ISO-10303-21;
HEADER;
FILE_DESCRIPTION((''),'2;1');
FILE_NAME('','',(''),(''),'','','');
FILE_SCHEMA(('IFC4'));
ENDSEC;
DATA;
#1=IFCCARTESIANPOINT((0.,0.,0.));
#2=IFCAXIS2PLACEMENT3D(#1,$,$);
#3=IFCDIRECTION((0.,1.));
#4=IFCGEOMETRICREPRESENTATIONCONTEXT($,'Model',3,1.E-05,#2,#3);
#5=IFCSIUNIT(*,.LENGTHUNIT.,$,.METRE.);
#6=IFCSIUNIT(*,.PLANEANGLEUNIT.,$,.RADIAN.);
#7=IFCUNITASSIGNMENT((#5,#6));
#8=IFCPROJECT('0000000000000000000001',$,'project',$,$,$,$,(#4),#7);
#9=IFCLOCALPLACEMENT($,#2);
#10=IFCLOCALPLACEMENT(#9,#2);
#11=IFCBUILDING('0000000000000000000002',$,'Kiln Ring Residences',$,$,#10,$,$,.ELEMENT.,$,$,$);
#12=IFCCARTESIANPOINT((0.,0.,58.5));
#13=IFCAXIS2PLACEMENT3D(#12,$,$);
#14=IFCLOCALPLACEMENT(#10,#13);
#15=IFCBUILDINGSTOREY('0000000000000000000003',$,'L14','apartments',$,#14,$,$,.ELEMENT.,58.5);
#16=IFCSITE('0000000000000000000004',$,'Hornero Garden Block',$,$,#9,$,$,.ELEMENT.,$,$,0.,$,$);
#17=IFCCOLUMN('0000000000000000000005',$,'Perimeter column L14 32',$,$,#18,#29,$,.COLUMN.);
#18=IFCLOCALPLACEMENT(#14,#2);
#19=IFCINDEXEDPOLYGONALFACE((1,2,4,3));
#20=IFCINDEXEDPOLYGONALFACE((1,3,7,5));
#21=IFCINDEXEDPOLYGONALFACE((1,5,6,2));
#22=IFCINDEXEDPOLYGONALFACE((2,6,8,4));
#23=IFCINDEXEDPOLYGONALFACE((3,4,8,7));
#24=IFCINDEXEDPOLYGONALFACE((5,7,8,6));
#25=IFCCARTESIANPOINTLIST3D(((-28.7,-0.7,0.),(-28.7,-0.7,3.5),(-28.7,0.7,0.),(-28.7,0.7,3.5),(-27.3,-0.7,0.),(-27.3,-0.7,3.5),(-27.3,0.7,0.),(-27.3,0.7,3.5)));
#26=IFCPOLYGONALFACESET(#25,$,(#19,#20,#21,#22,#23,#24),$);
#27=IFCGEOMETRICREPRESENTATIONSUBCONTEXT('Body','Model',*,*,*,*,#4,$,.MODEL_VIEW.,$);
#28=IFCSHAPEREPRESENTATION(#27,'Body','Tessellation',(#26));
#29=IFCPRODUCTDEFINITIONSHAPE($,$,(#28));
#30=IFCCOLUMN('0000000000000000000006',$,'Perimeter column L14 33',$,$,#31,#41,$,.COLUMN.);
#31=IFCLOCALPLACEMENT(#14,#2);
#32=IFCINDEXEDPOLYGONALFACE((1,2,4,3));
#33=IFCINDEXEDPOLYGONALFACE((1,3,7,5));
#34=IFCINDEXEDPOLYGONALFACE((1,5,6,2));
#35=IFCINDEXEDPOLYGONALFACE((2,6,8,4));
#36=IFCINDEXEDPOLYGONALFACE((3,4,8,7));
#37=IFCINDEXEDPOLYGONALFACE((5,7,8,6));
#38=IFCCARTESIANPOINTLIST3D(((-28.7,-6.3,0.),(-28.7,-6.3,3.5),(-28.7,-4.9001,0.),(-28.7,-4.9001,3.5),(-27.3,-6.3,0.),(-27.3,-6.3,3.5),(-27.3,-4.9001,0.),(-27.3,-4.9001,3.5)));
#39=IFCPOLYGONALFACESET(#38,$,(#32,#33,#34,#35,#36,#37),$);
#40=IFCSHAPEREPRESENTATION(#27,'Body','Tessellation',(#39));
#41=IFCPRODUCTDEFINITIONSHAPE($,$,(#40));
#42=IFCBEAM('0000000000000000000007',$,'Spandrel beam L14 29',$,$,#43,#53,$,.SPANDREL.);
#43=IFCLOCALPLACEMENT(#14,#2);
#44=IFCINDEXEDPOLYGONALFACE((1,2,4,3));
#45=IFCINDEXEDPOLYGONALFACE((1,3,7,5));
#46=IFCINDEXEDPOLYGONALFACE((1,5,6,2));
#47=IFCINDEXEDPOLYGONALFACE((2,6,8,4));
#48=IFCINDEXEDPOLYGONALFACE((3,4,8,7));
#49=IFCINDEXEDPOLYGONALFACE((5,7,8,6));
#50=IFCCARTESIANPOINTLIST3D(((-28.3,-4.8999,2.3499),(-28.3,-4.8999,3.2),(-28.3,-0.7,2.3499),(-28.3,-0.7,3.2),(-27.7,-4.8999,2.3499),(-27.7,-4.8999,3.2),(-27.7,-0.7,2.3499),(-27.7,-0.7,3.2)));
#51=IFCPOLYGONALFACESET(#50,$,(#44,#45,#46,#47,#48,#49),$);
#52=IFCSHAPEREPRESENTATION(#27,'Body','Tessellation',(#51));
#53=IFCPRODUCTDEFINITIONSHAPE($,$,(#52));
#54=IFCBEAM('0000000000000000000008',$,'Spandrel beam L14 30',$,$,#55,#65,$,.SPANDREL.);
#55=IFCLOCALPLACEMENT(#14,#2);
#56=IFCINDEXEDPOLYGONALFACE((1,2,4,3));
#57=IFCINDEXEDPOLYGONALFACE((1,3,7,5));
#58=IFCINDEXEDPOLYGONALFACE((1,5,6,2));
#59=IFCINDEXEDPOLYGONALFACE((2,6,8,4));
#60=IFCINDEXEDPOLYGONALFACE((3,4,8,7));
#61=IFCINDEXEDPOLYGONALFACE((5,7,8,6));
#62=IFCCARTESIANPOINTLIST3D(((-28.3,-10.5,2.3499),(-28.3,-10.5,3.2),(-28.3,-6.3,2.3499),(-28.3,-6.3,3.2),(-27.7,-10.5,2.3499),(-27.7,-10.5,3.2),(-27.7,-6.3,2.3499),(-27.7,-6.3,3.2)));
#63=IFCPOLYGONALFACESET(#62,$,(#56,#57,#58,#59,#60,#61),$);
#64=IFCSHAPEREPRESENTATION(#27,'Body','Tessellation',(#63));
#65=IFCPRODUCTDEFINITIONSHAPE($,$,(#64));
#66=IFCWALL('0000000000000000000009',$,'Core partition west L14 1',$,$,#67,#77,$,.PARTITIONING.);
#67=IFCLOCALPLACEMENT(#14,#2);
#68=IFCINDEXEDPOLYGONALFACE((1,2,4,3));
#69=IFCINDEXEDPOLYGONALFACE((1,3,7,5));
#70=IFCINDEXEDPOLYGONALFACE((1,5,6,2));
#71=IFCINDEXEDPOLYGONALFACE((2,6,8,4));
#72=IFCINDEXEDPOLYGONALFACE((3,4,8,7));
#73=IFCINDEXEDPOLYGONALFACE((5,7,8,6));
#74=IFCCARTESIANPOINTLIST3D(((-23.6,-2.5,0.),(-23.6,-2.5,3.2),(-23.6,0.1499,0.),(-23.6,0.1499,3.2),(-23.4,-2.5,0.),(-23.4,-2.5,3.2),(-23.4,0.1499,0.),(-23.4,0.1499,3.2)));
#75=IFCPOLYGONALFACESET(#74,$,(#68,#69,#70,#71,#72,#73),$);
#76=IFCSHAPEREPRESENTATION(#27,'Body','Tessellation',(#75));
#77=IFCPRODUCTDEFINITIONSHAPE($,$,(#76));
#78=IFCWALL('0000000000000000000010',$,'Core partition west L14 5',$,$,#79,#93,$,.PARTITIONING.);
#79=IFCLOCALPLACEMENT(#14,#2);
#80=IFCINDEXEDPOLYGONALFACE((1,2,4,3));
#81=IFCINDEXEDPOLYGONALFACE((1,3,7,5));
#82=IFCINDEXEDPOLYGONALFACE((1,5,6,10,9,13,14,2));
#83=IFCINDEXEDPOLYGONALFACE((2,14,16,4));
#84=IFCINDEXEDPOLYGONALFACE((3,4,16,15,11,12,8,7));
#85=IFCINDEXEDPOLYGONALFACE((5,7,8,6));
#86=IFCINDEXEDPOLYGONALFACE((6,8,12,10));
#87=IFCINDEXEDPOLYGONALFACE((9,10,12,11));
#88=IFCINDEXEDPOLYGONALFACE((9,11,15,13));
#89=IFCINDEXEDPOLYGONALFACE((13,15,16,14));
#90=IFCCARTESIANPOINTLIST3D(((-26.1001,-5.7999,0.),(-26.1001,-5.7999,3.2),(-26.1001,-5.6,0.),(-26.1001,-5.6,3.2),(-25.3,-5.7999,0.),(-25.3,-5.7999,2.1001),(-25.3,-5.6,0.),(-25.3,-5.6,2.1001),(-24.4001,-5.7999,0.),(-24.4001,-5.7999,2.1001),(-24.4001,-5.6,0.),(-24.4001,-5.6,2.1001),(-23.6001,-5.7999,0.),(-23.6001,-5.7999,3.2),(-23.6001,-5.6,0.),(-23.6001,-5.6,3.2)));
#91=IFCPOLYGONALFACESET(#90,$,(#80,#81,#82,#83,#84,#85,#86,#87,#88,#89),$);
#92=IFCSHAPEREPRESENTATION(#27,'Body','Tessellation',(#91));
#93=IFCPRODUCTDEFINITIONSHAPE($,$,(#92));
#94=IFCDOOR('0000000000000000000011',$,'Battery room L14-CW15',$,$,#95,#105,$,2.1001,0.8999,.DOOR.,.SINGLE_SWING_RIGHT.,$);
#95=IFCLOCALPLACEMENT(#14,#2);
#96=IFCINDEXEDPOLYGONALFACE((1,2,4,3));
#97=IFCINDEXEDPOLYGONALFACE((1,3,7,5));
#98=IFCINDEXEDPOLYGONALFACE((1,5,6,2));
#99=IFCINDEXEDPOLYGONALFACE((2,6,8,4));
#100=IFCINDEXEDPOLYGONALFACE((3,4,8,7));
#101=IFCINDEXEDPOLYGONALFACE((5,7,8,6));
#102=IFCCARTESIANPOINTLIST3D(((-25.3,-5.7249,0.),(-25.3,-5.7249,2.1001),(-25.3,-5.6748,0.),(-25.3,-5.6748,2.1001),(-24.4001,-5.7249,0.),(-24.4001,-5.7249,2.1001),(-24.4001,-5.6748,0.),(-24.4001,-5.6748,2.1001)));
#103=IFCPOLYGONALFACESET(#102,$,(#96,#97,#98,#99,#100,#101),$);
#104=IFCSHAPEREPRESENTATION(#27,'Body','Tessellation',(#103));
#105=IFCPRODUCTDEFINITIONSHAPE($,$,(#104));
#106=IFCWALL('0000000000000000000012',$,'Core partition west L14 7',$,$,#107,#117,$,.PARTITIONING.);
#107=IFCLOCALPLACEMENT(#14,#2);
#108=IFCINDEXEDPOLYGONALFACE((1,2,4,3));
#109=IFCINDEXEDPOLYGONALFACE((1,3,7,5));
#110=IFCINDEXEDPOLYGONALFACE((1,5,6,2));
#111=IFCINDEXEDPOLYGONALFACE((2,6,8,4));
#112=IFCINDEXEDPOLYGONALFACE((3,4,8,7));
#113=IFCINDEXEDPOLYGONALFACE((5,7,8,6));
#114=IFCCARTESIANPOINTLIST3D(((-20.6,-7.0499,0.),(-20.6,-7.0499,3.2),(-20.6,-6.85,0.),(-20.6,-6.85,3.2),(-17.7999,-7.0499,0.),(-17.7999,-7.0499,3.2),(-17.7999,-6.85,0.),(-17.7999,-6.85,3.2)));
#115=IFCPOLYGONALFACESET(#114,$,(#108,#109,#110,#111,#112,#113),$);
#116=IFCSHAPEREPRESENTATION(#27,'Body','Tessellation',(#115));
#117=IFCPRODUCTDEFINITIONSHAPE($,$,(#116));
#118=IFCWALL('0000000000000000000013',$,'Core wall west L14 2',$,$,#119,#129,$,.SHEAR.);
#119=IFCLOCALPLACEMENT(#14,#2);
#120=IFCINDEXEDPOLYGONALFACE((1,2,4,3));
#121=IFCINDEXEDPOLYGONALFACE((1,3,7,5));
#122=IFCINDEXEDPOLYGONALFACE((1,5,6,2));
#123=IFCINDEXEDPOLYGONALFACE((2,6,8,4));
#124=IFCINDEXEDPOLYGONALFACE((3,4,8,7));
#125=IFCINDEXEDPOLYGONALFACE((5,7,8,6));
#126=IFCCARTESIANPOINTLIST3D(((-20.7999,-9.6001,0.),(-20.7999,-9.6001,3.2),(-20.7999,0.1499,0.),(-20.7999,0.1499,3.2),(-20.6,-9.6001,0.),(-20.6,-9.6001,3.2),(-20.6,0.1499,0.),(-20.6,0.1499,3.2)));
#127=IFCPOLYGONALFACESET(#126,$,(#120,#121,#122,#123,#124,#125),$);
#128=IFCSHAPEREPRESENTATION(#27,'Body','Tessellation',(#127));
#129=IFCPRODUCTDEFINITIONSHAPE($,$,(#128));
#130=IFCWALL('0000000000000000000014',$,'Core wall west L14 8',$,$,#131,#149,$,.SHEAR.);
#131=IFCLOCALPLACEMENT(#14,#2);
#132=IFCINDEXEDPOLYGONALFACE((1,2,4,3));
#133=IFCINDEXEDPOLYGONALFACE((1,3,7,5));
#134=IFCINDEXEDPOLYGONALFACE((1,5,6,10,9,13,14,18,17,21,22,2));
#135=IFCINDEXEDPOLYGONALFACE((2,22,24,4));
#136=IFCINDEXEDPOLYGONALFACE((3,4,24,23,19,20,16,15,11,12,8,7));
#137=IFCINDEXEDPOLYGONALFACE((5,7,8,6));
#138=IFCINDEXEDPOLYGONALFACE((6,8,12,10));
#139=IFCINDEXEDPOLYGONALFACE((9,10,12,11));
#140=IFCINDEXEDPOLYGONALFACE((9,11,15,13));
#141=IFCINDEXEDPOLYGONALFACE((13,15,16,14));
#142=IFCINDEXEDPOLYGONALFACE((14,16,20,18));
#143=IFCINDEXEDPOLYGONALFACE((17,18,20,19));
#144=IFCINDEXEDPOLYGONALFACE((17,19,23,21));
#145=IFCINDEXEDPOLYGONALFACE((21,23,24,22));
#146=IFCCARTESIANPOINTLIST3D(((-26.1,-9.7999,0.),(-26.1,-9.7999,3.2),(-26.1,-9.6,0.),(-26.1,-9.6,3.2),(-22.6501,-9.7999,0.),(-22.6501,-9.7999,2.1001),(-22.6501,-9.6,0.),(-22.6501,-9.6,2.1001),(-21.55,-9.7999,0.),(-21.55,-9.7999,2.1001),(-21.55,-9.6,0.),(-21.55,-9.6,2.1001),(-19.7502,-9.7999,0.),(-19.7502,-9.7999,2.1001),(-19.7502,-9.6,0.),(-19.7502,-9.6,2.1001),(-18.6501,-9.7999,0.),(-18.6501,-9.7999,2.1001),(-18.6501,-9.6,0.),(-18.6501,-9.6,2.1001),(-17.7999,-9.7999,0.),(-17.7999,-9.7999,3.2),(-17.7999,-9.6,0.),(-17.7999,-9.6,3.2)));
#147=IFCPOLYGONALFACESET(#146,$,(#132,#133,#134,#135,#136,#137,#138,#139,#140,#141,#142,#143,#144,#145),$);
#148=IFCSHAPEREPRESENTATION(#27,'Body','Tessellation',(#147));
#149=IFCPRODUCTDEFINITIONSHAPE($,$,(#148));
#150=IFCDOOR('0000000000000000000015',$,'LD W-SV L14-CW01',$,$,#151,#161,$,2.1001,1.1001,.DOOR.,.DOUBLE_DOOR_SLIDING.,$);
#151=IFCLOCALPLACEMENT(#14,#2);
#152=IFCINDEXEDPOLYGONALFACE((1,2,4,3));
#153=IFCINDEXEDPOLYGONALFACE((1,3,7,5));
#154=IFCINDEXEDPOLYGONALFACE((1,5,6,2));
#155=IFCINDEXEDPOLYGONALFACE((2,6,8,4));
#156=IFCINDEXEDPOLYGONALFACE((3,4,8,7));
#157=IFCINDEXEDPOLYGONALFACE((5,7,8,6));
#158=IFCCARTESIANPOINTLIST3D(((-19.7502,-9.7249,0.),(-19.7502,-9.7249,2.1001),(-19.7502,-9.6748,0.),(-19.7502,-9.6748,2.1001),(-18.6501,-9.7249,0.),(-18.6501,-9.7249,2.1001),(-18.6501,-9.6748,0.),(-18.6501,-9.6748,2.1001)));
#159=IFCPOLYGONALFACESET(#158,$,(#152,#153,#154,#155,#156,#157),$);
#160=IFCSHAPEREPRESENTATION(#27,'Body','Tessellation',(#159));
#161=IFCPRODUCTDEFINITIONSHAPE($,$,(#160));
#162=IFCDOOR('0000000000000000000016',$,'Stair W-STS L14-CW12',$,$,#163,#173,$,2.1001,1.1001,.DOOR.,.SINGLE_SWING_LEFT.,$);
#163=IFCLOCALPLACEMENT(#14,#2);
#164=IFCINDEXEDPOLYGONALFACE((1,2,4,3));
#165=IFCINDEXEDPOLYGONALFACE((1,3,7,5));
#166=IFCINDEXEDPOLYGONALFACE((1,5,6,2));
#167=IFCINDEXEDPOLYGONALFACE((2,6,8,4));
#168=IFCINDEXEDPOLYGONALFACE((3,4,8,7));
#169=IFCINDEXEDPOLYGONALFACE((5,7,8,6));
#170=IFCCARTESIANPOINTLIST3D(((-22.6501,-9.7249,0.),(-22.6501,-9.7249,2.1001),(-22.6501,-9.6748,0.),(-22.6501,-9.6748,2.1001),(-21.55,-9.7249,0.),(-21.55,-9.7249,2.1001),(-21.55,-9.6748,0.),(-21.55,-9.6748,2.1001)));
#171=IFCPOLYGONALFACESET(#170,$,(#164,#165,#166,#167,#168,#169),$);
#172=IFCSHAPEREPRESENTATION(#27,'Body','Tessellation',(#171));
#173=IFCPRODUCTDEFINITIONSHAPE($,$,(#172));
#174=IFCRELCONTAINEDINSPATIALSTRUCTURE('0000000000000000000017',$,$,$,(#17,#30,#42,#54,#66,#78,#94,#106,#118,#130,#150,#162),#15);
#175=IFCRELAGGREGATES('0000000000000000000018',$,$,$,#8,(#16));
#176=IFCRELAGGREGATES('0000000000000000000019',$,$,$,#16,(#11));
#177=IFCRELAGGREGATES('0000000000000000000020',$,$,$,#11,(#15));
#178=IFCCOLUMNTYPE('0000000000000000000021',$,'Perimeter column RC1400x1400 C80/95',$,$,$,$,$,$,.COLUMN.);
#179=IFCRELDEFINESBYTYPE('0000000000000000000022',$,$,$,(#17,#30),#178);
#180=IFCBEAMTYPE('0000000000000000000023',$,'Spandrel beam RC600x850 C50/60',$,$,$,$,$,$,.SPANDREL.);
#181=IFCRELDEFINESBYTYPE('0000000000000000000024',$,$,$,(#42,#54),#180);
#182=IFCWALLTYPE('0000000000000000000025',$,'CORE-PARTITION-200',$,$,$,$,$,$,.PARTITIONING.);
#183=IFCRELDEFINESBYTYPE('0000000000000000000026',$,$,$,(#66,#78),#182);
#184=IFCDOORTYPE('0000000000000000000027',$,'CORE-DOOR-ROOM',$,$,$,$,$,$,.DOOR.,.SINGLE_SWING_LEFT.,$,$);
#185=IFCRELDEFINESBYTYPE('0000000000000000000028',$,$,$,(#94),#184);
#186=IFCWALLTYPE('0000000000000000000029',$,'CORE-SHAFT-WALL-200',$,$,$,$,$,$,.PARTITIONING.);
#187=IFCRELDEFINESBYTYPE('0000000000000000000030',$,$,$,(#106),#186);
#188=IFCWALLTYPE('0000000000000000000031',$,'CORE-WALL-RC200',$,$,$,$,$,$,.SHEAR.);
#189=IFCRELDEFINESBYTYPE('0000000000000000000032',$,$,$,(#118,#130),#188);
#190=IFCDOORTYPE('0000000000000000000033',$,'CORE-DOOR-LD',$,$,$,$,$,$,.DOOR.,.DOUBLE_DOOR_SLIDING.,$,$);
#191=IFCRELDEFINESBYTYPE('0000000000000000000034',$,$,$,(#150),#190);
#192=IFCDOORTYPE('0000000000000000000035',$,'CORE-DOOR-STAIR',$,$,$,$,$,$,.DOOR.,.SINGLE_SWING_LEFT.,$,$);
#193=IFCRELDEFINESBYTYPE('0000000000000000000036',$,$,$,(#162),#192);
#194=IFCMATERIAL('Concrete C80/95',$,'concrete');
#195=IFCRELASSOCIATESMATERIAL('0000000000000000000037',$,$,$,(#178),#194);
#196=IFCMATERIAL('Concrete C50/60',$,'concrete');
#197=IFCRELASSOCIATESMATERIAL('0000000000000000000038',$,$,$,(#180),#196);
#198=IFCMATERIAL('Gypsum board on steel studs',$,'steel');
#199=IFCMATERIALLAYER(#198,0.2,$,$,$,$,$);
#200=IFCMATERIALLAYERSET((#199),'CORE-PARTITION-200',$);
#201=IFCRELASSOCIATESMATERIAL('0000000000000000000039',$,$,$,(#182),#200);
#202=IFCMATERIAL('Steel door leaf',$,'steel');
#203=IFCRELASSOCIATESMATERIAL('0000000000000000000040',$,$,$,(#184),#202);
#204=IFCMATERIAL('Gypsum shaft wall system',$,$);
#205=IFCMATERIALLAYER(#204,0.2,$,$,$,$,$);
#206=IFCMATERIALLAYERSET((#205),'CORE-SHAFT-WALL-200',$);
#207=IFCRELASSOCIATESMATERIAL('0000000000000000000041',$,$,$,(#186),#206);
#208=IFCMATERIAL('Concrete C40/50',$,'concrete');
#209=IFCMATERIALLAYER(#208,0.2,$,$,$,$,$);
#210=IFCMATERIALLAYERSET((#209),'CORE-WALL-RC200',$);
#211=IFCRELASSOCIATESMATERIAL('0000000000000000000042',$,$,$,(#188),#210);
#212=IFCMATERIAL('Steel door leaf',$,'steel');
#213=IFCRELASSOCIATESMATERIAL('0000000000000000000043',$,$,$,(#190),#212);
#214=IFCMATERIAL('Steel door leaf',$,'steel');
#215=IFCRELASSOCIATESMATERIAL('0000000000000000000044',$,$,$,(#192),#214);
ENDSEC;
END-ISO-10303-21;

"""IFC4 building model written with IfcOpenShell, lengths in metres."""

from ifc_helpers import new_model, si_unit, direction, frame, frame_2d, origin, origin_2d, place, context, subcontext, project, spatial, rectangle, extrude, material, layer, layer_set, material_profile, profile_set, type_object, element, fill, save


model = new_model("IFC4")

# Units and contexts
model_context = context("Model", 3, precision=1e-05, world=origin(), true_north=direction((0.0, 1.0)))
body_context = subcontext(model_context, "Body", "Model", "MODEL_VIEW")
ifc_project = project(units=[si_unit("LENGTHUNIT", "METRE"), si_unit("PLANEANGLEUNIT", "RADIAN")], contexts=[model_context])

# Site, building, storey
site_placement = place(None, origin())
site = spatial("IfcSite", under=ifc_project, at=site_placement, Name="Hornero Garden Block", CompositionType="ELEMENT", RefElevation=0.0)
building_placement = place(site_placement, origin())
building = spatial("IfcBuilding", under=site, at=building_placement, Name="Kiln Ring Residences", CompositionType="ELEMENT")
storey_placement = place(building_placement, frame((0.0, 0.0, 58.5)))
storey = spatial("IfcBuildingStorey", under=building, at=storey_placement, Name="L14", Description="apartments", CompositionType="ELEMENT", Elevation=58.5)

# Columns
ifc_material_1 = material(Name="Concrete C80/95", Category="concrete")
ifc_material_profile_1 = material_profile(ifc_material_1, rectangle(XDim=1.3999, YDim=1.3999, at=origin_2d()), Name="RC1400x1400")
ifc_profile_set_1 = profile_set([ifc_material_profile_1], Name="Concrete C80/95")
column_type = type_object("IfcColumnType", Name="Perimeter column RC1400x1400 C80/95", PredefinedType="COLUMN", material=ifc_profile_set_1)
for number, where, z_axis, x_axis, name in (
    (1, (-28.0, 0.0, 0.0), (0.0, 0.0, 1.0), (1.0, 0.0, 0.0), "Perimeter column L14 32"),
    (2, (-28.0, -5.6001, 0.0), (0.0, 0.0, 1.0), (1.0, 0.0, 0.0), "Perimeter column L14 33"),
):
    element("IfcColumn", number, at=place(storey_placement, frame(where, z_axis=z_axis, x_axis=x_axis)), inside=storey, type_object=column_type, Name=name, PredefinedType="COLUMN", context=body_context, shape_type="SweptSolid", body=[
        extrude(rectangle(XDim=1.3999, YDim=1.3999, at=origin_2d()), origin(), (0.0, 0.0, 1.0), 3.5),
    ])

# Beams
ifc_material_2 = material(Name="Concrete C50/60", Category="concrete")
ifc_material_profile_2 = material_profile(ifc_material_2, rectangle(XDim=0.6001, YDim=0.8501, at=origin_2d()), Name="RC600x850")
ifc_profile_set_2 = profile_set([ifc_material_profile_2], Name="Concrete C50/60")
beam_type = type_object("IfcBeamType", Name="Spandrel beam RC600x850 C50/60", PredefinedType="SPANDREL", material=ifc_profile_set_2)
for number, where, z_axis, x_axis, name in (
    (3, (-28.0, -0.7, 2.7749), (0.0, -1.0, 0.0), (1.0, 0.0, 0.0), "Spandrel beam L14 29"),
    (4, (-28.0, -6.3, 2.7749), (0.0, -1.0, 0.0), (1.0, 0.0, 0.0), "Spandrel beam L14 30"),
):
    element("IfcBeam", number, at=place(storey_placement, frame(where, z_axis=z_axis, x_axis=x_axis)), inside=storey, type_object=beam_type, Name=name, PredefinedType="SPANDREL", context=body_context, shape_type="SweptSolid", body=[
        extrude(rectangle(XDim=0.6001, YDim=0.8501, at=origin_2d()), origin(), (0.0, 0.0, 1.0), 4.2),
    ])

# Wall
ifc_material_3 = material(Name="Gypsum board on steel studs", Category="steel")
ifc_layer_1 = layer(ifc_material_3, 0.2)
ifc_layer_set_1 = layer_set([ifc_layer_1], Name="CORE-PARTITION-200")
wall_type_1 = type_object("IfcWallType", Name="CORE-PARTITION-200", PredefinedType="PARTITIONING", material=ifc_layer_set_1)
wall_1_placement = place(storey_placement, frame((-23.5, -2.5, 0.0), z_axis=(0.0, 0.0, 1.0), x_axis=(0.0, 1.0, 0.0)))
element("IfcWall", 5, at=wall_1_placement, inside=storey, type_object=wall_type_1, Name="Core partition west L14 1", PredefinedType="PARTITIONING", context=body_context, shape_type="SweptSolid", body=[
    extrude(rectangle(XDim=2.6499, YDim=0.2, at=frame_2d((1.325, 0.0))), origin(), (0.0, 0.0, 1.0), 3.2),
])

# Wall, opening, door
wall_2_placement = place(storey_placement, frame((-23.6001, -5.7, 0.0), z_axis=(0.0, 0.0, 1.0), x_axis=(-1.0, 0.0, 0.0)))
wall_2 = element("IfcWall", 6, at=wall_2_placement, inside=storey, type_object=wall_type_1, Name="Core partition west L14 5", PredefinedType="PARTITIONING", context=body_context, shape_type="SweptSolid", body=[
    extrude(rectangle(XDim=2.5, YDim=0.2, at=frame_2d((1.25, 0.0))), origin(), (0.0, 0.0, 1.0), 3.2),
])
opening_1_placement = place(wall_2_placement, frame((0.8, 0.0, 0.0)))
opening_1 = element("IfcOpeningElement", 7, at=opening_1_placement, cuts=wall_2, PredefinedType="OPENING", context=body_context, shape_type="SweptSolid", body=[
    extrude(rectangle(XDim=0.8999, YDim=2.1001, at=frame_2d((0.45, 1.05))), frame((0.0, 0.1099, 0.0), z_axis=(0.0, -1.0, 0.0), x_axis=(1.0, 0.0, 0.0)), (0.0, 0.0, 1.0), 0.22),
])
ifc_material_4 = material(Name="Steel door leaf", Category="steel")
door_type_1 = type_object("IfcDoorType", Name="CORE-DOOR-ROOM", OperationType="SINGLE_SWING_LEFT", PredefinedType="DOOR", material=ifc_material_4)
door_1_placement = place(opening_1_placement, origin())
door_1 = element("IfcDoor", 8, at=door_1_placement, inside=storey, type_object=door_type_1, Name="Battery room L14-CW15", OperationType="SINGLE_SWING_RIGHT", OverallHeight=2.1001, OverallWidth=0.8999, PredefinedType="DOOR", context=body_context, shape_type="SweptSolid", body=[
    extrude(rectangle(XDim=0.8999, YDim=2.1001, at=frame_2d((0.45, 1.05))), frame((0.0, 0.0249, 0.0), z_axis=(0.0, -1.0, 0.0), x_axis=(1.0, 0.0, 0.0)), (0.0, 0.0, 1.0), 0.05),
])
fill(opening_1, door_1)

# Walls
ifc_material_5 = material(Name="Gypsum shaft wall system")
ifc_layer_2 = layer(ifc_material_5, 0.2)
ifc_layer_set_2 = layer_set([ifc_layer_2], Name="CORE-SHAFT-WALL-200")
wall_type_2 = type_object("IfcWallType", Name="CORE-SHAFT-WALL-200", PredefinedType="PARTITIONING", material=ifc_layer_set_2)
wall_3_placement = place(storey_placement, frame((-17.8, -6.95, 0.0), z_axis=(0.0, 0.0, 1.0), x_axis=(-1.0, 0.0, 0.0)))
element("IfcWall", 9, at=wall_3_placement, inside=storey, type_object=wall_type_2, Name="Core partition west L14 7", PredefinedType="PARTITIONING", context=body_context, shape_type="SweptSolid", body=[
    extrude(rectangle(XDim=2.8, YDim=0.2, at=frame_2d((1.3999, 0.0))), origin(), (0.0, 0.0, 1.0), 3.2),
])
ifc_material_6 = material(Name="Concrete C40/50", Category="concrete")
ifc_layer_3 = layer(ifc_material_6, 0.2)
ifc_layer_set_3 = layer_set([ifc_layer_3], Name="CORE-WALL-RC200")
wall_type_3 = type_object("IfcWallType", Name="CORE-WALL-RC200", PredefinedType="SHEAR", material=ifc_layer_set_3)
wall_4_placement = place(storey_placement, frame((-20.7, -9.6001, 0.0), z_axis=(0.0, 0.0, 1.0), x_axis=(0.0, 1.0, 0.0)))
element("IfcWall", 10, at=wall_4_placement, inside=storey, type_object=wall_type_3, Name="Core wall west L14 2", PredefinedType="SHEAR", context=body_context, shape_type="SweptSolid", body=[
    extrude(rectangle(XDim=9.75, YDim=0.2, at=frame_2d((4.875, 0.0))), origin(), (0.0, 0.0, 1.0), 3.2),
])

# Wall, openings, doors
wall_5_placement = place(storey_placement, frame((-17.8, -9.7, 0.0), z_axis=(0.0, 0.0, 1.0), x_axis=(-1.0, 0.0, 0.0)))
wall_5 = element("IfcWall", 11, at=wall_5_placement, inside=storey, type_object=wall_type_3, Name="Core wall west L14 8", PredefinedType="SHEAR", context=body_context, shape_type="SweptSolid", body=[
    extrude(rectangle(XDim=8.3, YDim=0.2, at=frame_2d((4.1499, 0.0))), origin(), (0.0, 0.0, 1.0), 3.2),
])
opening_2_placement = place(wall_5_placement, frame((0.8501, 0.0, 0.0)))
opening_2 = element("IfcOpeningElement", 12, at=opening_2_placement, cuts=wall_5, PredefinedType="OPENING", context=body_context, shape_type="SweptSolid", body=[
    extrude(rectangle(XDim=1.1001, YDim=2.1001, at=frame_2d((0.55, 1.05))), frame((0.0, 0.1099, 0.0), z_axis=(0.0, -1.0, 0.0), x_axis=(1.0, 0.0, 0.0)), (0.0, 0.0, 1.0), 0.22),
])
opening_3_placement = place(wall_5_placement, frame((3.75, 0.0, 0.0)))
opening_3 = element("IfcOpeningElement", 13, at=opening_3_placement, cuts=wall_5, PredefinedType="OPENING", context=body_context, shape_type="SweptSolid", body=[
    extrude(rectangle(XDim=1.1001, YDim=2.1001, at=frame_2d((0.55, 1.05))), frame((0.0, 0.1099, 0.0), z_axis=(0.0, -1.0, 0.0), x_axis=(1.0, 0.0, 0.0)), (0.0, 0.0, 1.0), 0.22),
])
ifc_material_7 = material(Name="Steel door leaf", Category="steel")
door_type_2 = type_object("IfcDoorType", Name="CORE-DOOR-LD", OperationType="DOUBLE_DOOR_SLIDING", PredefinedType="DOOR", material=ifc_material_7)
door_2_placement = place(opening_2_placement, origin())
door_2 = element("IfcDoor", 14, at=door_2_placement, inside=storey, type_object=door_type_2, Name="LD W-SV L14-CW01", OperationType="DOUBLE_DOOR_SLIDING", OverallHeight=2.1001, OverallWidth=1.1001, PredefinedType="DOOR", context=body_context, shape_type="SweptSolid", body=[
    extrude(rectangle(XDim=1.1001, YDim=2.1001, at=frame_2d((0.55, 1.05))), frame((0.0, 0.0249, 0.0), z_axis=(0.0, -1.0, 0.0), x_axis=(1.0, 0.0, 0.0)), (0.0, 0.0, 1.0), 0.05),
])
fill(opening_2, door_2)
ifc_material_8 = material(Name="Steel door leaf", Category="steel")
door_type_3 = type_object("IfcDoorType", Name="CORE-DOOR-STAIR", OperationType="SINGLE_SWING_LEFT", PredefinedType="DOOR", material=ifc_material_8)
door_3_placement = place(opening_3_placement, origin())
door_3 = element("IfcDoor", 15, at=door_3_placement, inside=storey, type_object=door_type_3, Name="Stair W-STS L14-CW12", OperationType="SINGLE_SWING_LEFT", OverallHeight=2.1001, OverallWidth=1.1001, PredefinedType="DOOR", context=body_context, shape_type="SweptSolid", body=[
    extrude(rectangle(XDim=1.1001, YDim=2.1001, at=frame_2d((0.55, 1.05))), frame((0.0, 0.0249, 0.0), z_axis=(0.0, -1.0, 0.0), x_axis=(1.0, 0.0, 0.0)), (0.0, 0.0, 1.0), 0.05),
])
fill(opening_3, door_3)

save(model, "model.ifc")
